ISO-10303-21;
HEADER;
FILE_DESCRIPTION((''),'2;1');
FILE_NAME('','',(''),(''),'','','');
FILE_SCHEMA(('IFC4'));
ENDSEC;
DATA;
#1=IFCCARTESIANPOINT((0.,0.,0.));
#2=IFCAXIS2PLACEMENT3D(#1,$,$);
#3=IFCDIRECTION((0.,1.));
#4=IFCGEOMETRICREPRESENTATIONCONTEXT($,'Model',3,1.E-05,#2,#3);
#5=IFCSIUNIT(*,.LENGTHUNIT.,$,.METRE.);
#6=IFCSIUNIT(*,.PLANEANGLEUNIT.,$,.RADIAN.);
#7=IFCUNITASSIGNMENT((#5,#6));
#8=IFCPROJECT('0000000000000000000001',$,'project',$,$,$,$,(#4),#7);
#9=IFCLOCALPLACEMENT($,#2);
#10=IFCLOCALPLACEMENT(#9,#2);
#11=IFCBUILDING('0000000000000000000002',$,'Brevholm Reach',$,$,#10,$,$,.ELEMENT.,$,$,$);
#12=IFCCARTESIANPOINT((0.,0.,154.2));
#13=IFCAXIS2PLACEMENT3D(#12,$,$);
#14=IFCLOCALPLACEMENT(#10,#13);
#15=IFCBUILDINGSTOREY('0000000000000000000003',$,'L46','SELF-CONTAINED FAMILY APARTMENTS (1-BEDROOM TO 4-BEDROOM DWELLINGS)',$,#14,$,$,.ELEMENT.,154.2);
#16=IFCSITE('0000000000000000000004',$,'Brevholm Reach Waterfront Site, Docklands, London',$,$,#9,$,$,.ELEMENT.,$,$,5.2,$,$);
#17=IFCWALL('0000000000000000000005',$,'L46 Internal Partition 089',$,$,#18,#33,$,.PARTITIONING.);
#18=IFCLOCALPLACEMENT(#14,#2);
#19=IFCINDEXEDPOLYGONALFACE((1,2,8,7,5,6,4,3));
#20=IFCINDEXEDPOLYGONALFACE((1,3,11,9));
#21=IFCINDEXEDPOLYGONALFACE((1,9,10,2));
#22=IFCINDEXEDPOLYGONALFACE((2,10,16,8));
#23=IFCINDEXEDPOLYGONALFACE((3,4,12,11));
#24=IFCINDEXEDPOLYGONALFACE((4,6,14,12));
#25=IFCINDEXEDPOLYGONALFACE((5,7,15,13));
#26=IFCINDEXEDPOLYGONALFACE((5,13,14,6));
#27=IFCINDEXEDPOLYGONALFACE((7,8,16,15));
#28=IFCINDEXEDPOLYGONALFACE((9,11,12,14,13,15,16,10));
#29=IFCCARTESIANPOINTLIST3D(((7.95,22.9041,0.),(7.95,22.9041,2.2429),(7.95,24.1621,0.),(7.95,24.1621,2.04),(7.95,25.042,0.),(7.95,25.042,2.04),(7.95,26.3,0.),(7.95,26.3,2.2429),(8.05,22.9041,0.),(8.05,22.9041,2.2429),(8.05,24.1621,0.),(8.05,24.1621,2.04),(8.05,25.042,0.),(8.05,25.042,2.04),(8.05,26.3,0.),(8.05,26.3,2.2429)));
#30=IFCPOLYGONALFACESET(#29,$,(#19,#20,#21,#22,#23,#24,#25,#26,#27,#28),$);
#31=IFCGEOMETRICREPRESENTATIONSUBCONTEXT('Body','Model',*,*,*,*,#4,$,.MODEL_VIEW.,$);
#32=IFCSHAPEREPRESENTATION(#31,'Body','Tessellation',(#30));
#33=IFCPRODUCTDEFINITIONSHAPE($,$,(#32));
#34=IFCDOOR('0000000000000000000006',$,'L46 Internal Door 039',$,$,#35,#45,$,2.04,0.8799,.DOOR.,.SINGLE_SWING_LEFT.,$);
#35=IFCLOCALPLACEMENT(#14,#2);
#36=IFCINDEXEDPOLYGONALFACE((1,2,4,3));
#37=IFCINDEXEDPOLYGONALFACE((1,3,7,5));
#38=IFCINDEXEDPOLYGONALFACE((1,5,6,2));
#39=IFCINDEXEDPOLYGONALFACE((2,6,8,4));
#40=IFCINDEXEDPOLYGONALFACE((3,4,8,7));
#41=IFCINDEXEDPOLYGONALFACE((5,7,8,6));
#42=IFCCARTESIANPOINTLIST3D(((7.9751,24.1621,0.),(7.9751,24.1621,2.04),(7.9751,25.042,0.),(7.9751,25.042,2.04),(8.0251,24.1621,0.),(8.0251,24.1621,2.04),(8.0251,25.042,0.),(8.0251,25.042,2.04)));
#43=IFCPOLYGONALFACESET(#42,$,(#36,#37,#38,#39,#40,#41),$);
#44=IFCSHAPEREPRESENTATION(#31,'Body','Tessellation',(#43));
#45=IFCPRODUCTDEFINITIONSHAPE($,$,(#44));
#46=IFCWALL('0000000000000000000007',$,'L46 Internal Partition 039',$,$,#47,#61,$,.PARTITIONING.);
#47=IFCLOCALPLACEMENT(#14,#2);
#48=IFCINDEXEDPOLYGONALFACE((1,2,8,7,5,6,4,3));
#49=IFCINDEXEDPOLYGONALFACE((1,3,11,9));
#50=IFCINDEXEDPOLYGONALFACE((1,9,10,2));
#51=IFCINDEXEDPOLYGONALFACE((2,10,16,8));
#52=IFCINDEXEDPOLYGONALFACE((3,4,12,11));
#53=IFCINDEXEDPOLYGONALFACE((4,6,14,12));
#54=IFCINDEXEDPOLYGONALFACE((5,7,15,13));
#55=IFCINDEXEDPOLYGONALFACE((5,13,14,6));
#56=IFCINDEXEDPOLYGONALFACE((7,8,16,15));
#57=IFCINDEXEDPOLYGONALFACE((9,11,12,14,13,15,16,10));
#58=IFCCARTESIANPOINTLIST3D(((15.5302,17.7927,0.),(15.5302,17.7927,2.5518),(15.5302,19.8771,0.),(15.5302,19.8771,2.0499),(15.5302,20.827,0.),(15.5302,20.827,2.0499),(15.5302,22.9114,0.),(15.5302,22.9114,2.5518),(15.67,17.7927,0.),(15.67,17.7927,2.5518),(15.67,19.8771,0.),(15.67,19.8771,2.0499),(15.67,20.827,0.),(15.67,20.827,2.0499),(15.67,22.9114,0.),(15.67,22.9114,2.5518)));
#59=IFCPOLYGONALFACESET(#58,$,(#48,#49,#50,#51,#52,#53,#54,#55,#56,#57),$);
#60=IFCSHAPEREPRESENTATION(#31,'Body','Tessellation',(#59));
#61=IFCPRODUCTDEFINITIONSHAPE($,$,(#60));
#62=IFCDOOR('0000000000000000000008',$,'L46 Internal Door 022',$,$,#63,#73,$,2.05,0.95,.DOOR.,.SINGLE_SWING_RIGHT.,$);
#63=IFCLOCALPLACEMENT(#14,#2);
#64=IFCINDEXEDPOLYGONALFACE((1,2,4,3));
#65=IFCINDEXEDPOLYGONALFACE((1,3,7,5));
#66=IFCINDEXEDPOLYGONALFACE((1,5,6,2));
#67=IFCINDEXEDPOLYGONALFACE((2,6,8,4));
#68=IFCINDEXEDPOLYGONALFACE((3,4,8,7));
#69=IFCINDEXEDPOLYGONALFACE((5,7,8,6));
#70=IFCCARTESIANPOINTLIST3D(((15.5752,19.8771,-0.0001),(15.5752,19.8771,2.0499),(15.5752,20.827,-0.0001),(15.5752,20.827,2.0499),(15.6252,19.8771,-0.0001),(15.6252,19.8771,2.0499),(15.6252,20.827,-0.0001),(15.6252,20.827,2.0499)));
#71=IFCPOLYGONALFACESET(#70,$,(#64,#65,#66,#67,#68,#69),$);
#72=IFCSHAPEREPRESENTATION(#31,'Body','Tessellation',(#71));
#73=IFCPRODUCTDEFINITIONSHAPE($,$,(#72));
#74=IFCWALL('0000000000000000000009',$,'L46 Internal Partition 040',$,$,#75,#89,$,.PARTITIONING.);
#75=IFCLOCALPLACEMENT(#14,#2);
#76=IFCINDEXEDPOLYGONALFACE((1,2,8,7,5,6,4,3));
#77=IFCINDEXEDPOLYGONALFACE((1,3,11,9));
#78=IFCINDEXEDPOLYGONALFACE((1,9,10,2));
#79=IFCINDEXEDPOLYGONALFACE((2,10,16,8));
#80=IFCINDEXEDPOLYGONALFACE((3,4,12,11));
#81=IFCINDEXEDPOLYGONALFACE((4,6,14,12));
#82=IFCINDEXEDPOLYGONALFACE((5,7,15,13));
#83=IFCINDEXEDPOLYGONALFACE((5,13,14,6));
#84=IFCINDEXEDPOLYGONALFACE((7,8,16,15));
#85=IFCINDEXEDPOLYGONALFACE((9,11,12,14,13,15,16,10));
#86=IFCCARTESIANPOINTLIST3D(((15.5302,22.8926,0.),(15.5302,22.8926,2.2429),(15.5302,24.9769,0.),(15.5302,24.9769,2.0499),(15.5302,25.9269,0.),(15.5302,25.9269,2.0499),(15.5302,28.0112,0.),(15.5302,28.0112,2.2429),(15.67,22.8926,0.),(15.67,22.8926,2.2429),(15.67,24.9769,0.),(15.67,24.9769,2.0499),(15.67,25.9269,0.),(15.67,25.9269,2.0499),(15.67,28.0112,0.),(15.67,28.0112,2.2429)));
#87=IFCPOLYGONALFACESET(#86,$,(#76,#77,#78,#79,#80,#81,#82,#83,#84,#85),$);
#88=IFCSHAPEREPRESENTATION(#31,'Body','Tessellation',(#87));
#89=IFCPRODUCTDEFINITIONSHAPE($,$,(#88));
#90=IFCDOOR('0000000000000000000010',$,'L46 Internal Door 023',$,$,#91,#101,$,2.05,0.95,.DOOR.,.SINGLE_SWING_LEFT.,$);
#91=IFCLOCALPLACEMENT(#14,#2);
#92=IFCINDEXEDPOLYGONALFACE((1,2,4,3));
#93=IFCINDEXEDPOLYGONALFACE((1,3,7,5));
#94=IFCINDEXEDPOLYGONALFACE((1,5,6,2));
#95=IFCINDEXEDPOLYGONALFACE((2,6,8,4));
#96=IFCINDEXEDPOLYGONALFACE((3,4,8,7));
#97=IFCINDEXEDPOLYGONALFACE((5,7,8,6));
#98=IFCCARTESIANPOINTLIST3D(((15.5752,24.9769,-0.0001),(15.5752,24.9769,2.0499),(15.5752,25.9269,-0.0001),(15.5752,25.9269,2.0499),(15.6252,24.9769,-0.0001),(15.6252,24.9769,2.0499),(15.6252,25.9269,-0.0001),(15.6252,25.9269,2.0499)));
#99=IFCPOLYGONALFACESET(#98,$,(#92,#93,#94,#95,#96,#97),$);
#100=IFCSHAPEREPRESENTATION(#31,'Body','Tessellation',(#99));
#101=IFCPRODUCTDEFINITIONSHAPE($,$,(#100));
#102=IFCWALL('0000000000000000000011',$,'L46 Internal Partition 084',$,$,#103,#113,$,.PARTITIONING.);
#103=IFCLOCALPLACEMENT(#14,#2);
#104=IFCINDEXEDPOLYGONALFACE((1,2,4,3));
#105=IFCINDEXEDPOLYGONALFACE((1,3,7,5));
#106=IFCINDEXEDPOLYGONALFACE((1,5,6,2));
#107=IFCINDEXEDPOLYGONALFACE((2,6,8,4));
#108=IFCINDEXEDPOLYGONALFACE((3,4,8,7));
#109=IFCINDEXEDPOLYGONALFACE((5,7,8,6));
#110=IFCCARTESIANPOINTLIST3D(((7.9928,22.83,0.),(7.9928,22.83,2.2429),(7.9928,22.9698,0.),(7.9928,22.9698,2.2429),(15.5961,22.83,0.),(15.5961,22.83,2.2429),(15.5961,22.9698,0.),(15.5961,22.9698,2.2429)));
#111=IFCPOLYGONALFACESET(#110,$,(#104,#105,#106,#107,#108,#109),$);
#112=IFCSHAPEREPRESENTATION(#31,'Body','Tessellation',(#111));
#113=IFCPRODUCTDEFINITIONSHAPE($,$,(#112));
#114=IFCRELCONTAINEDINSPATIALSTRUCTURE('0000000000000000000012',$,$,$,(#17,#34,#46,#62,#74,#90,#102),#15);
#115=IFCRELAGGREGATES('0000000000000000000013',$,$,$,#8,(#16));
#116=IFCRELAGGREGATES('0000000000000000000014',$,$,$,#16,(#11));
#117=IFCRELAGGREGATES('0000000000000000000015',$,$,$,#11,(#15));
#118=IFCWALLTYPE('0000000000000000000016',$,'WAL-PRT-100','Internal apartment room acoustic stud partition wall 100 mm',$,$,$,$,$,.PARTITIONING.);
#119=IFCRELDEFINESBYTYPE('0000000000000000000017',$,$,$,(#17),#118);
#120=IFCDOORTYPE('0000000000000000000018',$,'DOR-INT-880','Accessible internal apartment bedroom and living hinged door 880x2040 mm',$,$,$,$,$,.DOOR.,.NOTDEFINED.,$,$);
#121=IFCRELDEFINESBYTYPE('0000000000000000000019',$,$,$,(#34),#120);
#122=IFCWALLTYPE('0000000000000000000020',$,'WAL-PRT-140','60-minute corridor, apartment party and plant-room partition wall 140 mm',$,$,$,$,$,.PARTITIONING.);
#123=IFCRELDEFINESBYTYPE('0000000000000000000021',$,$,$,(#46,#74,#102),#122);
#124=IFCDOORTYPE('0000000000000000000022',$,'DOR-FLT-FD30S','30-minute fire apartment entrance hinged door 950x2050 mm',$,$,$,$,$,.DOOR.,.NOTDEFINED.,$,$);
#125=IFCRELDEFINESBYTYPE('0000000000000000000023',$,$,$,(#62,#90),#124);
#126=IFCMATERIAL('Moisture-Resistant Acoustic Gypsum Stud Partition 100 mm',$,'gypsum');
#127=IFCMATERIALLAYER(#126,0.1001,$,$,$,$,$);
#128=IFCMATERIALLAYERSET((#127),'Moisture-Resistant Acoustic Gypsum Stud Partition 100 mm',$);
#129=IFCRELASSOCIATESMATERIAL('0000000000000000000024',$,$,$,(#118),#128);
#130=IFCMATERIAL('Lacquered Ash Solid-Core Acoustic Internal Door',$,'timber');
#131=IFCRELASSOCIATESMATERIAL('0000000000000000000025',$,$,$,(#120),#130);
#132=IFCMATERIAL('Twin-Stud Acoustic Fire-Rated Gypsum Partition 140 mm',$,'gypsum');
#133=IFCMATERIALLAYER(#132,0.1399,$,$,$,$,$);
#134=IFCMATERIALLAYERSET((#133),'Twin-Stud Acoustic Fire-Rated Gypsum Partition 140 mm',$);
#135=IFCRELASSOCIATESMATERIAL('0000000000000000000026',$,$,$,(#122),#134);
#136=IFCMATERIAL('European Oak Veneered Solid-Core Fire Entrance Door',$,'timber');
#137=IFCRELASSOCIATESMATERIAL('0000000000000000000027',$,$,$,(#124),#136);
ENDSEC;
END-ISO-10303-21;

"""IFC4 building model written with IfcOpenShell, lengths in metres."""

from ifc_helpers import new_model, si_unit, direction, frame, frame_2d, origin, place, context, subcontext, project, spatial, rectangle, extrude, material, layer, layer_set, type_object, element, fill, save


model = new_model("IFC4")

# Units and contexts
model_context = context("Model", 3, precision=1e-05, world=origin(), true_north=direction((0.0, 1.0)))
body_context = subcontext(model_context, "Body", "Model", "MODEL_VIEW")
ifc_project = project(units=[si_unit("LENGTHUNIT", "METRE"), si_unit("PLANEANGLEUNIT", "RADIAN")], contexts=[model_context])

# Site, building, storey
site_placement = place(None, origin())
site = spatial("IfcSite", under=ifc_project, at=site_placement, Name="Brevholm Reach Waterfront Site, Docklands, London", CompositionType="ELEMENT", RefElevation=5.2)
building_placement = place(site_placement, origin())
building = spatial("IfcBuilding", under=site, at=building_placement, Name="Brevholm Reach", CompositionType="ELEMENT")
storey_placement = place(building_placement, frame((0.0, 0.0, 154.2)))
storey = spatial("IfcBuildingStorey", under=building, at=storey_placement, Name="L46", Description="SELF-CONTAINED FAMILY APARTMENTS (1-BEDROOM TO 4-BEDROOM DWELLINGS)", CompositionType="ELEMENT", Elevation=154.2)

# Walls, openings, doors
ifc_material_1 = material(Name="Moisture-Resistant Acoustic Gypsum Stud Partition 100 mm", Category="gypsum")
ifc_layer_1 = layer(ifc_material_1, 0.1001)
ifc_layer_set_1 = layer_set([ifc_layer_1], Name="Moisture-Resistant Acoustic Gypsum Stud Partition 100 mm")
wall_type_1 = type_object("IfcWallType", Name="WAL-PRT-100", Description="Internal apartment room acoustic stud partition wall 100 mm", PredefinedType="PARTITIONING", material=ifc_layer_set_1)
wall_1_placement = place(storey_placement, frame((8.0, 22.9041, 0.0), z_axis=(0.0, 0.0, 1.0), x_axis=(0.0, 1.0, 0.0)))
wall_1 = element("IfcWall", 1, at=wall_1_placement, inside=storey, type_object=wall_type_1, Name="L46 Internal Partition 089", PredefinedType="PARTITIONING", context=body_context, shape_type="SweptSolid", body=[
    extrude(rectangle(XDim=3.396, YDim=0.1001, at=frame_2d((1.698, 0.0))), origin(), (0.0, 0.0, 1.0), 2.2429),
])
opening_1_placement = place(wall_1_placement, frame((1.2581, 0.0, 0.0)))
opening_1 = element("IfcOpeningElement", 2, at=opening_1_placement, cuts=wall_1, PredefinedType="OPENING", context=body_context, shape_type="SweptSolid", body=[
    extrude(rectangle(XDim=0.8799, YDim=2.04, at=frame_2d((0.4399, 1.02))), frame((0.0, 0.0601, 0.0), z_axis=(0.0, -1.0, 0.0), x_axis=(1.0, 0.0, 0.0)), (0.0, 0.0, 1.0), 0.1201),
])
ifc_material_2 = material(Name="Lacquered Ash Solid-Core Acoustic Internal Door", Category="timber")
door_type_1 = type_object("IfcDoorType", Name="DOR-INT-880", Description="Accessible internal apartment bedroom and living hinged door 880x2040 mm", OperationType="NOTDEFINED", PredefinedType="DOOR", material=ifc_material_2)
door_1_placement = place(opening_1_placement, origin())
door_1 = element("IfcDoor", 3, at=door_1_placement, inside=storey, type_object=door_type_1, Name="L46 Internal Door 039", OperationType="SINGLE_SWING_LEFT", OverallHeight=2.04, OverallWidth=0.8799, PredefinedType="DOOR", context=body_context, shape_type="SweptSolid", body=[
    extrude(rectangle(XDim=0.8799, YDim=2.04, at=frame_2d((0.4399, 1.02))), frame((0.0, 0.0249, 0.0), z_axis=(0.0, -1.0, 0.0), x_axis=(1.0, 0.0, 0.0)), (0.0, 0.0, 1.0), 0.05),
])
fill(opening_1, door_1)
ifc_material_3 = material(Name="Twin-Stud Acoustic Fire-Rated Gypsum Partition 140 mm", Category="gypsum")
ifc_layer_2 = layer(ifc_material_3, 0.1399)
ifc_layer_set_2 = layer_set([ifc_layer_2], Name="Twin-Stud Acoustic Fire-Rated Gypsum Partition 140 mm")
wall_type_2 = type_object("IfcWallType", Name="WAL-PRT-140", Description="60-minute corridor, apartment party and plant-room partition wall 140 mm", PredefinedType="PARTITIONING", material=ifc_layer_set_2)
wall_2_placement = place(storey_placement, frame((15.6001, 17.7927, 0.0), z_axis=(0.0, 0.0, 1.0), x_axis=(0.0, 1.0, 0.0)))
wall_2 = element("IfcWall", 4, at=wall_2_placement, inside=storey, type_object=wall_type_2, Name="L46 Internal Partition 039", PredefinedType="PARTITIONING", context=body_context, shape_type="SweptSolid", body=[
    extrude(rectangle(XDim=5.1187, YDim=0.1399, at=frame_2d((2.5593, 0.0))), origin(), (0.0, 0.0, 1.0), 2.5518),
])
opening_2_placement = place(wall_2_placement, frame((2.0842, 0.0, 0.0)))
opening_2 = element("IfcOpeningElement", 5, at=opening_2_placement, cuts=wall_2, PredefinedType="OPENING", context=body_context, shape_type="SweptSolid", body=[
    extrude(rectangle(XDim=0.95, YDim=2.05, at=frame_2d((0.4751, 1.0249))), frame((0.0, 0.0798, 0.0), z_axis=(0.0, -1.0, 0.0), x_axis=(1.0, 0.0, 0.0)), (0.0, 0.0, 1.0), 0.1599),
])
ifc_material_4 = material(Name="European Oak Veneered Solid-Core Fire Entrance Door", Category="timber")
door_type_2 = type_object("IfcDoorType", Name="DOR-FLT-FD30S", Description="30-minute fire apartment entrance hinged door 950x2050 mm", OperationType="NOTDEFINED", PredefinedType="DOOR", material=ifc_material_4)
door_2_placement = place(opening_2_placement, origin())
door_2 = element("IfcDoor", 6, at=door_2_placement, inside=storey, type_object=door_type_2, Name="L46 Internal Door 022", OperationType="SINGLE_SWING_RIGHT", OverallHeight=2.05, OverallWidth=0.95, PredefinedType="DOOR", context=body_context, shape_type="SweptSolid", body=[
    extrude(rectangle(XDim=0.95, YDim=2.05, at=frame_2d((0.4751, 1.0249))), frame((0.0, 0.0249, 0.0), z_axis=(0.0, -1.0, 0.0), x_axis=(1.0, 0.0, 0.0)), (0.0, 0.0, 1.0), 0.05),
])
fill(opening_2, door_2)
wall_3_placement = place(storey_placement, frame((15.6001, 22.8926, 0.0), z_axis=(0.0, 0.0, 1.0), x_axis=(0.0, 1.0, 0.0)))
wall_3 = element("IfcWall", 7, at=wall_3_placement, inside=storey, type_object=wall_type_2, Name="L46 Internal Partition 040", PredefinedType="PARTITIONING", context=body_context, shape_type="SweptSolid", body=[
    extrude(rectangle(XDim=5.1187, YDim=0.1399, at=frame_2d((2.5593, 0.0))), origin(), (0.0, 0.0, 1.0), 2.2429),
])
opening_3_placement = place(wall_3_placement, frame((2.0842, 0.0, 0.0)))
opening_3 = element("IfcOpeningElement", 8, at=opening_3_placement, cuts=wall_3, PredefinedType="OPENING", context=body_context, shape_type="SweptSolid", body=[
    extrude(rectangle(XDim=0.95, YDim=2.05, at=frame_2d((0.4751, 1.0249))), frame((0.0, 0.0798, 0.0), z_axis=(0.0, -1.0, 0.0), x_axis=(1.0, 0.0, 0.0)), (0.0, 0.0, 1.0), 0.1599),
])
door_3_placement = place(opening_3_placement, origin())
door_3 = element("IfcDoor", 9, at=door_3_placement, inside=storey, type_object=door_type_2, Name="L46 Internal Door 023", OperationType="SINGLE_SWING_LEFT", OverallHeight=2.05, OverallWidth=0.95, PredefinedType="DOOR", context=body_context, shape_type="SweptSolid", body=[
    extrude(rectangle(XDim=0.95, YDim=2.05, at=frame_2d((0.4751, 1.0249))), frame((0.0, 0.0249, 0.0), z_axis=(0.0, -1.0, 0.0), x_axis=(1.0, 0.0, 0.0)), (0.0, 0.0, 1.0), 0.05),
])
fill(opening_3, door_3)

# Wall
wall_4_placement = place(storey_placement, frame((7.9927, 22.8999, 0.0), z_axis=(0.0, 0.0, 1.0), x_axis=(1.0, 0.0, 0.0)))
element("IfcWall", 10, at=wall_4_placement, inside=storey, type_object=wall_type_2, Name="L46 Internal Partition 084", PredefinedType="PARTITIONING", context=body_context, shape_type="SweptSolid", body=[
    extrude(rectangle(XDim=7.6033, YDim=0.1399, at=frame_2d((3.8018, 0.0))), origin(), (0.0, 0.0, 1.0), 2.2429),
])

save(model, "model.ifc")
